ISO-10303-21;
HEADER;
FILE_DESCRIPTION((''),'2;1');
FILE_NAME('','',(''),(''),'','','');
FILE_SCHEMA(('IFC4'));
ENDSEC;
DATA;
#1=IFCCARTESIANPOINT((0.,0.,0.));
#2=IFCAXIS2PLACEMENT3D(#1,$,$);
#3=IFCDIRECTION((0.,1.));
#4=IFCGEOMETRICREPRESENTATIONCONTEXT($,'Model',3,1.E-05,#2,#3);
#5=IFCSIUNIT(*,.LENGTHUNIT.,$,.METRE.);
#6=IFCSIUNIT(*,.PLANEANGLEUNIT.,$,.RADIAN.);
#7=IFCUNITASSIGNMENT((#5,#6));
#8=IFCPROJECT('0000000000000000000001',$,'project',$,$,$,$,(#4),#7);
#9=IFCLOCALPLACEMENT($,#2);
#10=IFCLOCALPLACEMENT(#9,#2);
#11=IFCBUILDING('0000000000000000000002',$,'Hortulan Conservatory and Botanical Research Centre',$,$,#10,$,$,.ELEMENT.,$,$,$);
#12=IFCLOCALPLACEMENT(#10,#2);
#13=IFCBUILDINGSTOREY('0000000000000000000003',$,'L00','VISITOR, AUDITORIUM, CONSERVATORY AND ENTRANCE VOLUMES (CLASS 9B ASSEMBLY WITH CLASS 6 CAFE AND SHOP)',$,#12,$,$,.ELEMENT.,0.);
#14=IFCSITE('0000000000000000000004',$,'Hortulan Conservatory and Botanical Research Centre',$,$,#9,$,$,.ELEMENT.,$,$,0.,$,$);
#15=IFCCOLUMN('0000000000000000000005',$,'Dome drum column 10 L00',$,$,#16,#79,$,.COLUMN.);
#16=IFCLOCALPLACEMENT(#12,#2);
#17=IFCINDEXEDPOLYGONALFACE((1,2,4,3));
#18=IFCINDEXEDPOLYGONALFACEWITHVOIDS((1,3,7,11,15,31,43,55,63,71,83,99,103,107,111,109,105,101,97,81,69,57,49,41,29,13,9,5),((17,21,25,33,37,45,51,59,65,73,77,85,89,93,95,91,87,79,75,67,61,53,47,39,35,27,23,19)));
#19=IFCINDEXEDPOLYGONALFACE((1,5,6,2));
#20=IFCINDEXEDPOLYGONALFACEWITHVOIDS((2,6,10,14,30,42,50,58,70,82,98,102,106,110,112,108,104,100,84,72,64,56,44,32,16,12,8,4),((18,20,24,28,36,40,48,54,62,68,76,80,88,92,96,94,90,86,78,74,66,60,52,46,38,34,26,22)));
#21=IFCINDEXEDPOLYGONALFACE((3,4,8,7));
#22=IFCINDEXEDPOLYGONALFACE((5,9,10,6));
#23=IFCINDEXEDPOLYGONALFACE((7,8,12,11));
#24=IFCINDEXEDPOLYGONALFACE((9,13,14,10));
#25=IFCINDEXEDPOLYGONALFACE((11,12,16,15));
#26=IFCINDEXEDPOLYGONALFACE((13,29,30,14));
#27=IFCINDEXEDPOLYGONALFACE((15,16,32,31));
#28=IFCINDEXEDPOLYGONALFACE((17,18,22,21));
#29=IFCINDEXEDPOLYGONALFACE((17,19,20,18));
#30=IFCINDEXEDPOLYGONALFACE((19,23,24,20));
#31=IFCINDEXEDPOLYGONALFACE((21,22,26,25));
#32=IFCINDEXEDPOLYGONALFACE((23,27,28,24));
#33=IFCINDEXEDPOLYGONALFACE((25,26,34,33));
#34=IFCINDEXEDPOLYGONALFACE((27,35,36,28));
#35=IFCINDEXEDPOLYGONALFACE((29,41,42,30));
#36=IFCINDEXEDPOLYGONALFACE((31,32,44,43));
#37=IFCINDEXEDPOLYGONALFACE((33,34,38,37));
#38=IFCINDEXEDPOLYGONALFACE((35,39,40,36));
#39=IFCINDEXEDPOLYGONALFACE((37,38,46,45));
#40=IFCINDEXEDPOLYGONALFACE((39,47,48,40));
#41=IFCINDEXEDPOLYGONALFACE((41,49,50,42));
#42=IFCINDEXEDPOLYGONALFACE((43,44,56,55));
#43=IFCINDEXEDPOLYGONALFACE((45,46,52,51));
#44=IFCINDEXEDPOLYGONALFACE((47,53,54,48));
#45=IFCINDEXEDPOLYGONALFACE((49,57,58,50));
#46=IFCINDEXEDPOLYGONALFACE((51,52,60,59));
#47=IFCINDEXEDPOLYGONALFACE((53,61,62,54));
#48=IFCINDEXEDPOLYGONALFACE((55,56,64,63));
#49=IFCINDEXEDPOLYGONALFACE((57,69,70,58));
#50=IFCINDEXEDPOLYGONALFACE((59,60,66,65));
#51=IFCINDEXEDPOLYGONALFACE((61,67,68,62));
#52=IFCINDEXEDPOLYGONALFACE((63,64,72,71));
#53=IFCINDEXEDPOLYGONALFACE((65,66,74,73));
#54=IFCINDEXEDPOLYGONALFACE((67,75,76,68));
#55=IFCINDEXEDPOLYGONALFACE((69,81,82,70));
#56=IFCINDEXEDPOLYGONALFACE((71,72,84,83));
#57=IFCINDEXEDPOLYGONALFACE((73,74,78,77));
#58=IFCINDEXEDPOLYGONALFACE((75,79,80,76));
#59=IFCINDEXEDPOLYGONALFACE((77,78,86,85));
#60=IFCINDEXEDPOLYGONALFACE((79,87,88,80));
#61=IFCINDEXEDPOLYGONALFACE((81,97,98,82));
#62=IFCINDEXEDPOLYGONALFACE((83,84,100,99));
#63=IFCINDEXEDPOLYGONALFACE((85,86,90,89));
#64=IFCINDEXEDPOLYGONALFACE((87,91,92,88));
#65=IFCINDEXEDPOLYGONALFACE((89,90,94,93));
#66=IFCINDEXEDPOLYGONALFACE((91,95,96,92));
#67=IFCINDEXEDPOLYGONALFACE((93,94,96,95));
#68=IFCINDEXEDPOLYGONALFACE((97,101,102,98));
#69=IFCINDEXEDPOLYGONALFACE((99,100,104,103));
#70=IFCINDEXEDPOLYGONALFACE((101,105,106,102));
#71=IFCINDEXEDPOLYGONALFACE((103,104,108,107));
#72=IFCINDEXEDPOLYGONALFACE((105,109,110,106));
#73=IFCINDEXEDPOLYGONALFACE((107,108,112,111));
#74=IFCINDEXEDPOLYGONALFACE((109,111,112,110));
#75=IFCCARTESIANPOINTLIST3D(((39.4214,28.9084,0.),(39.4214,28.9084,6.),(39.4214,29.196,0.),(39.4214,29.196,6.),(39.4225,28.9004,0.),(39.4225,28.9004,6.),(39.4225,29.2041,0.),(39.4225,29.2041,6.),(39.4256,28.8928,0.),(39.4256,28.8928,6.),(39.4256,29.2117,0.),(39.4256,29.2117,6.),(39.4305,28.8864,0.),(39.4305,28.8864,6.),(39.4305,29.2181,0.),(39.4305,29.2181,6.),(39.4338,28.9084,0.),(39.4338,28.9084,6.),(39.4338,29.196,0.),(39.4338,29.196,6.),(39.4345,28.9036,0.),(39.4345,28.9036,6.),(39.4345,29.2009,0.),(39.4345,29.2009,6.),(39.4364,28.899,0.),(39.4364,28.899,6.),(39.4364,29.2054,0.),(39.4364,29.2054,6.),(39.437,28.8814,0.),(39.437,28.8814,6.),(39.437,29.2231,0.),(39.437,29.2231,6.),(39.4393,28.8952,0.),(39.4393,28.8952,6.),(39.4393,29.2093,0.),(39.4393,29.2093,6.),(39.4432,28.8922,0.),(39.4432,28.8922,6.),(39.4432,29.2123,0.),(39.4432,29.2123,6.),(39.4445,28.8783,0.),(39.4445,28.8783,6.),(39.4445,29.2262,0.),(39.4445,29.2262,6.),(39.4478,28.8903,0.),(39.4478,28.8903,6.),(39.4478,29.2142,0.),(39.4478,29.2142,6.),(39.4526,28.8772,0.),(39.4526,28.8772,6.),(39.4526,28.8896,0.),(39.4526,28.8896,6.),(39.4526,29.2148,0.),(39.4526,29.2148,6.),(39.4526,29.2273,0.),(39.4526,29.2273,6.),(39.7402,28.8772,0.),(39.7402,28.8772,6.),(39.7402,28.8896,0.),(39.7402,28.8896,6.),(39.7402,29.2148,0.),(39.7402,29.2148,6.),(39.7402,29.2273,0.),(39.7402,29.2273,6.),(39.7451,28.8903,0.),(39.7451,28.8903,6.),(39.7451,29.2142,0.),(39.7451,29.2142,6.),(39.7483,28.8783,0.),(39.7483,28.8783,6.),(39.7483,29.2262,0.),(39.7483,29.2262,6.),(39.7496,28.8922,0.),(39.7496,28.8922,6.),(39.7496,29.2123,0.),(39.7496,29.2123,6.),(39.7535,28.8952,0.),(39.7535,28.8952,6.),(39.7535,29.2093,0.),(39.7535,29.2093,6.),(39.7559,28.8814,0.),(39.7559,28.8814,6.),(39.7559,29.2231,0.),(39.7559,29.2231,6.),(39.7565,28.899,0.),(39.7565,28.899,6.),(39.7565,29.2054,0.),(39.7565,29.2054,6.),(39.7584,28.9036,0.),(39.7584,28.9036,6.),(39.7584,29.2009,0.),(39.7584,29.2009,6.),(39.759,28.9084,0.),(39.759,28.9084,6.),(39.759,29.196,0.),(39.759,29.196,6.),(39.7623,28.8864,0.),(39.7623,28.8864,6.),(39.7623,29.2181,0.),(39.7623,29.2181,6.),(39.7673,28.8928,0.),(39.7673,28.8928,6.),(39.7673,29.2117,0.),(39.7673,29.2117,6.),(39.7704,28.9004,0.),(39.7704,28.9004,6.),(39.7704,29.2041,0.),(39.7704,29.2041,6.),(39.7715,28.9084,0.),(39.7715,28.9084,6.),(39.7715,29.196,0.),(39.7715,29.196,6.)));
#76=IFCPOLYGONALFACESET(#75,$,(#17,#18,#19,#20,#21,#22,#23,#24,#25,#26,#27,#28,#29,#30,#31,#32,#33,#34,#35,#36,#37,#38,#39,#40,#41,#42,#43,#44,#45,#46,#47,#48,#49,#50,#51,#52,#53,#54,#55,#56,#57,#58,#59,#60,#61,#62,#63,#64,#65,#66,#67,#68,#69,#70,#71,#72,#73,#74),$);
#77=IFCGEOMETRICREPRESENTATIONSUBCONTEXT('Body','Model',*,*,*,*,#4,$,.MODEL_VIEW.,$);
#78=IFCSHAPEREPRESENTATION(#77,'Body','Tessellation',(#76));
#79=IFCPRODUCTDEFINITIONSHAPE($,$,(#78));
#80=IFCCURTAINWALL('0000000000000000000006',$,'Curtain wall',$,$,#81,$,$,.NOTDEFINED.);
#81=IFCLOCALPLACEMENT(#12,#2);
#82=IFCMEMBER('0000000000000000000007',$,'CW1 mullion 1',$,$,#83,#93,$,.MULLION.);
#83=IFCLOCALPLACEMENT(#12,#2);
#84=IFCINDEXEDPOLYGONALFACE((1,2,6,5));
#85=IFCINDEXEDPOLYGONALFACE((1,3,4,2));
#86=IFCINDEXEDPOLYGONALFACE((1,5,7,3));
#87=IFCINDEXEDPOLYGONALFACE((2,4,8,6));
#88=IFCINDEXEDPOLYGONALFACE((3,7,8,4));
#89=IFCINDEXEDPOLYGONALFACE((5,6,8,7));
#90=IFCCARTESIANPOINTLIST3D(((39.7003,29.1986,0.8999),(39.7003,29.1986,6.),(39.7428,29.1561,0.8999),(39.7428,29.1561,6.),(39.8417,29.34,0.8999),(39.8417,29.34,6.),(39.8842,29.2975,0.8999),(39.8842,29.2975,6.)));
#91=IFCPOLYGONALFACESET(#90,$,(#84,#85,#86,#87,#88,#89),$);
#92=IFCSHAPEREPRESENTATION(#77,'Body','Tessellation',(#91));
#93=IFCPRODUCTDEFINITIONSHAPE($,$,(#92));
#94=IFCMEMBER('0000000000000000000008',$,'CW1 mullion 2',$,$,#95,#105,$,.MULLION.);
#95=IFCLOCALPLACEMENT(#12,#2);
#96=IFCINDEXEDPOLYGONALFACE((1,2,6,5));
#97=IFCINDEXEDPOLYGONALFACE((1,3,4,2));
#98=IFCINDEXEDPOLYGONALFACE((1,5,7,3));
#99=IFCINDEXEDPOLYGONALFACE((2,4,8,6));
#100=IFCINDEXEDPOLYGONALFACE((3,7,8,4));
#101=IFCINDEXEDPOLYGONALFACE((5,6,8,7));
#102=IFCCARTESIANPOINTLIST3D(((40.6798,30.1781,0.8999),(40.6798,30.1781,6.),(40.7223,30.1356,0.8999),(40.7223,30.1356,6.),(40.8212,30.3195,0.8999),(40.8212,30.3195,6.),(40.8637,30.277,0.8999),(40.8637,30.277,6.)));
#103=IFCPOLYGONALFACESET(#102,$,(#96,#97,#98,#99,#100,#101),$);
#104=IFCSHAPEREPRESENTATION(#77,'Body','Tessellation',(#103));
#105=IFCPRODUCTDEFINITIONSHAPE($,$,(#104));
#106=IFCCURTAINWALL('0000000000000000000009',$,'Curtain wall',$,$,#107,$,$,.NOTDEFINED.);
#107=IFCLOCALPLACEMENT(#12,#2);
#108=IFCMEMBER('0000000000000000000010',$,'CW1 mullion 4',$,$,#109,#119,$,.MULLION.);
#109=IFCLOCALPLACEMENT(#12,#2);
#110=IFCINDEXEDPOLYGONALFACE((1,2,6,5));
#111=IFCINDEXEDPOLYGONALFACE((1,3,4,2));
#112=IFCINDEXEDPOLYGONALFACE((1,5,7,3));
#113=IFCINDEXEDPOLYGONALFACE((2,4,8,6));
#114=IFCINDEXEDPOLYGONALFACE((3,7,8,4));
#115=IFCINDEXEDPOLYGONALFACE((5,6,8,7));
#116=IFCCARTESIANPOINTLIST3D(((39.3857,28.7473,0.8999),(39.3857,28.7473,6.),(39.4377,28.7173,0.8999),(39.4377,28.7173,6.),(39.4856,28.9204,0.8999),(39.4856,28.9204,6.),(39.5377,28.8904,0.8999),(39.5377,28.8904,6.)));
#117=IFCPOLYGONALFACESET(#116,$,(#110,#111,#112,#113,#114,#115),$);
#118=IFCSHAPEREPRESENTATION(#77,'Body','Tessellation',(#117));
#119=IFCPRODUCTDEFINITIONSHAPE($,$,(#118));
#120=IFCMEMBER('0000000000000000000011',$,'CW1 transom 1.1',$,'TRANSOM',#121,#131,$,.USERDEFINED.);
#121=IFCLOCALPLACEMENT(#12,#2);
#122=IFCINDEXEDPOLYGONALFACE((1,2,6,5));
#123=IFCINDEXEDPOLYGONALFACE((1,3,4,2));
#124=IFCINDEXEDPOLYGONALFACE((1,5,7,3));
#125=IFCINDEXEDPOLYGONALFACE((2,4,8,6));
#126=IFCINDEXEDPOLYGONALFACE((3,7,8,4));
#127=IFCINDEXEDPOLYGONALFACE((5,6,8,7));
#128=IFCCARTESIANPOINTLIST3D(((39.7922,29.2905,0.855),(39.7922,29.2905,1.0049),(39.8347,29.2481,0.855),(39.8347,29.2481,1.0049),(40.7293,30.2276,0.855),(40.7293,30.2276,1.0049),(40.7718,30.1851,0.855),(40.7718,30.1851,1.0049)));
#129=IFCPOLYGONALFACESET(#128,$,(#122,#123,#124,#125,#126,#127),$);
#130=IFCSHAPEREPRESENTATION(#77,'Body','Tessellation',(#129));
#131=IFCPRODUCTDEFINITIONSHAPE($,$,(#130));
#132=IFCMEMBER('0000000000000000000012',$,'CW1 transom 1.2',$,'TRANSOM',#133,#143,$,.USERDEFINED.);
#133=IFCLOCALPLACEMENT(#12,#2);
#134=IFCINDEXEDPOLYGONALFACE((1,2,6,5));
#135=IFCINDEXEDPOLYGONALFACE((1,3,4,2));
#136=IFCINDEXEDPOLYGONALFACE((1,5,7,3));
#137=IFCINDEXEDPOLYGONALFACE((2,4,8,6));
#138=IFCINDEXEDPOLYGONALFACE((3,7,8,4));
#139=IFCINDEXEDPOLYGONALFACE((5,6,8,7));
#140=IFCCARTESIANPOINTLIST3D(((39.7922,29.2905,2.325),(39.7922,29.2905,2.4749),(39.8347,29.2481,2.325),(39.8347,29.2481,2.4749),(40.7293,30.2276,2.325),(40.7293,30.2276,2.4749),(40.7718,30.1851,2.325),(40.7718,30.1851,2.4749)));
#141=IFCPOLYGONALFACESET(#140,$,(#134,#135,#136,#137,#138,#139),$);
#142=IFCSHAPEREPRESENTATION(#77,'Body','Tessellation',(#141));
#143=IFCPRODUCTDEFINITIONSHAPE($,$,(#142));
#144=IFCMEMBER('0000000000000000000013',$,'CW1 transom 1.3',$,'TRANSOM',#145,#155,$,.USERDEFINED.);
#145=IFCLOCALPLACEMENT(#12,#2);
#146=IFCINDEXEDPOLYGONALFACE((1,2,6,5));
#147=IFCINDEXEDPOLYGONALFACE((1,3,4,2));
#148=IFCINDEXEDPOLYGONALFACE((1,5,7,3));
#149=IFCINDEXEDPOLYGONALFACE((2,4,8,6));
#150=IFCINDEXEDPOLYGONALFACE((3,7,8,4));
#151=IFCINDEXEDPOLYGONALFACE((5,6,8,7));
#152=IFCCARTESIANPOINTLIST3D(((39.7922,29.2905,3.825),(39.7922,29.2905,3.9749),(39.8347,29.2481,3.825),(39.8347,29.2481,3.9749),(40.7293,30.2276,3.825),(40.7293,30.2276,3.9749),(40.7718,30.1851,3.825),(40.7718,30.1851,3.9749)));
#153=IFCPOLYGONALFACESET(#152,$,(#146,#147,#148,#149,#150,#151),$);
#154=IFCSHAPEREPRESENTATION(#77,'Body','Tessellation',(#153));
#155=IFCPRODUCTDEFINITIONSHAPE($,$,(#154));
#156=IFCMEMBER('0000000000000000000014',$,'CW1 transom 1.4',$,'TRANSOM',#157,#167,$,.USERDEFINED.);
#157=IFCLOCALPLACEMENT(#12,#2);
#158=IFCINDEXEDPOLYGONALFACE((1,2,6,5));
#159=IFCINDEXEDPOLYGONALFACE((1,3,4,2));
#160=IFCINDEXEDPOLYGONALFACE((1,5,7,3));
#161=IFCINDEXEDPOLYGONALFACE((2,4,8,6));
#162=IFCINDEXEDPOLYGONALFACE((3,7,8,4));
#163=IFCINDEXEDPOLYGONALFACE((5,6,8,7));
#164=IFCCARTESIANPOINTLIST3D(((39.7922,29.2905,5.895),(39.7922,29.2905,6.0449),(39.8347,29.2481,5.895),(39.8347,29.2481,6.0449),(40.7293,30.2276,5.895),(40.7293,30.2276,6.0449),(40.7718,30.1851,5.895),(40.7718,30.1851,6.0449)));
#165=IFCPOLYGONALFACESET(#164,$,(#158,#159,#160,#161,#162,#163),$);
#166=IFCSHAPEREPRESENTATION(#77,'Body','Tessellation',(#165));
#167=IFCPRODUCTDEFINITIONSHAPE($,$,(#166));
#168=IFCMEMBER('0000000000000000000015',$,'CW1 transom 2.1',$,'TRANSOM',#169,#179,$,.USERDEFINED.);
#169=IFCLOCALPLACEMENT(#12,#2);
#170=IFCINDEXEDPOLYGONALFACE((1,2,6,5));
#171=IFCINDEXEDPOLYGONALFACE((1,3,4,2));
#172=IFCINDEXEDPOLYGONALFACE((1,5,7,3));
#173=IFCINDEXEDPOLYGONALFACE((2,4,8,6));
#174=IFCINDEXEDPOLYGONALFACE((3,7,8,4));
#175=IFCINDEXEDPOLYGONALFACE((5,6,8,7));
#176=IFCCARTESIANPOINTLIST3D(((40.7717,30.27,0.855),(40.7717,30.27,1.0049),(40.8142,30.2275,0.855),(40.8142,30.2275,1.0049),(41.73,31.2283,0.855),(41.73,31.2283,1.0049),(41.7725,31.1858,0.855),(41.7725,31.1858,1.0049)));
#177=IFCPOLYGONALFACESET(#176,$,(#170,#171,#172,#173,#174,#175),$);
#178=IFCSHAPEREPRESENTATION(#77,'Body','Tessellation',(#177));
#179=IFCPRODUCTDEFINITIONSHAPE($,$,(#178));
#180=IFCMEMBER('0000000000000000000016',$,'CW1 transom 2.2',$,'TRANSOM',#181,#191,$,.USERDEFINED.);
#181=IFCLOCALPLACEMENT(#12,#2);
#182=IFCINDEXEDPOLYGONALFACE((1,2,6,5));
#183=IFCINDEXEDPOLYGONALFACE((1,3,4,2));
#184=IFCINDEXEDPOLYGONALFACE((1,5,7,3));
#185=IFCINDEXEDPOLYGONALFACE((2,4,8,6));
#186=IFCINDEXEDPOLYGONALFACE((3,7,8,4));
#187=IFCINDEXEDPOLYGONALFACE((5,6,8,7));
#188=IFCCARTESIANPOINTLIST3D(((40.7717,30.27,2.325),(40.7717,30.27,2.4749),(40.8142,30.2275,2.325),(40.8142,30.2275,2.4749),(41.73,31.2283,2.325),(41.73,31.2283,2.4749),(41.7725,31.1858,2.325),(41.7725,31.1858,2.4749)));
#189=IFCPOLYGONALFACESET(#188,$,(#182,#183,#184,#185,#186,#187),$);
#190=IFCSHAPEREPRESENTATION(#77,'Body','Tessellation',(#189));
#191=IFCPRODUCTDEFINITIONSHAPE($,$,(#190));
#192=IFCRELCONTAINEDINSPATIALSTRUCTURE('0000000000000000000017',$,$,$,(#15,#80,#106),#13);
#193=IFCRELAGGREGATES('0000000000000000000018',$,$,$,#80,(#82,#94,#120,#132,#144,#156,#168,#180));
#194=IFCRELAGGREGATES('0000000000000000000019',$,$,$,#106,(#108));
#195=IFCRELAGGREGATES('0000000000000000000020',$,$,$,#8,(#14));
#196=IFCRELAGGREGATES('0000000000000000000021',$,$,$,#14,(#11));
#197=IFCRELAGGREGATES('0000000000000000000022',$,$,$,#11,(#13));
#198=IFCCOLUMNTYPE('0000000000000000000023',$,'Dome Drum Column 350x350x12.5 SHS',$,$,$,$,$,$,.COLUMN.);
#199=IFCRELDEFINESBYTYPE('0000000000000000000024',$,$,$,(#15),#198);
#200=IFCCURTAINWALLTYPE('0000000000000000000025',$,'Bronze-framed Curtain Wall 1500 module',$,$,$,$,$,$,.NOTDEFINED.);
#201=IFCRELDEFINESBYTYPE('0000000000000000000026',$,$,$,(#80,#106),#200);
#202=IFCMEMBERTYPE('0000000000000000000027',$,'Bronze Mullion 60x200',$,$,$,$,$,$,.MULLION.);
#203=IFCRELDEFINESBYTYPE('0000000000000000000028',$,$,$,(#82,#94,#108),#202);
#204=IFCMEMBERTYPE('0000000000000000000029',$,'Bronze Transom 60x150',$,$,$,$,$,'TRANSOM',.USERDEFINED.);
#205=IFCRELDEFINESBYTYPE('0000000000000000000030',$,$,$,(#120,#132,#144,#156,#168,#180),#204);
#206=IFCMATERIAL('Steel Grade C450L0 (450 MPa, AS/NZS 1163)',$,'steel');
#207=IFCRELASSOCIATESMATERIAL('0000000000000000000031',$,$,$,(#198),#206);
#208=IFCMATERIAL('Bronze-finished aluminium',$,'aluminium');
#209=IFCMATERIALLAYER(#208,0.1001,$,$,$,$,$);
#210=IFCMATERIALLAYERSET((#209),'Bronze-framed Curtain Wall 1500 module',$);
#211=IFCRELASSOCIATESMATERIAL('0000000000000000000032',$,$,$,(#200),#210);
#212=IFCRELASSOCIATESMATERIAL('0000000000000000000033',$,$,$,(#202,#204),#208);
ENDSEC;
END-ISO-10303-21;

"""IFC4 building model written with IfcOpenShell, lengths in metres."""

from ifc_helpers import new_model, si_unit, direction, frame, origin, origin_2d, place, context, subcontext, project, spatial, rectangle, hollow_rectangle, extrude, material, layer, layer_set, material_profile, profile_set, type_object, element, aggregate, save


model = new_model("IFC4")

# Units and contexts
model_context = context("Model", 3, precision=1e-05, world=origin(), true_north=direction((0.0, 1.0)))
body_context = subcontext(model_context, "Body", "Model", "MODEL_VIEW")
ifc_project = project(units=[si_unit("LENGTHUNIT", "METRE"), si_unit("PLANEANGLEUNIT", "RADIAN")], contexts=[model_context])

# Site, building, storey
site_placement = place(None, origin())
site = spatial("IfcSite", under=ifc_project, at=site_placement, Name="Hortulan Conservatory and Botanical Research Centre", CompositionType="ELEMENT", RefElevation=0.0)
building_placement = place(site_placement, origin())
building = spatial("IfcBuilding", under=site, at=building_placement, Name="Hortulan Conservatory and Botanical Research Centre", CompositionType="ELEMENT")
storey_placement = place(building_placement, origin())
storey = spatial("IfcBuildingStorey", under=building, at=storey_placement, Name="L00", Description="VISITOR, AUDITORIUM, CONSERVATORY AND ENTRANCE VOLUMES (CLASS 9B ASSEMBLY WITH CLASS 6 CAFE AND SHOP)", CompositionType="ELEMENT", Elevation=0.0)

# Column
ifc_material_1 = material(Name="Steel Grade C450L0 (450 MPa, AS/NZS 1163)", Category="steel")
ifc_material_profile_1 = material_profile(ifc_material_1, hollow_rectangle(XDim=0.3501, YDim=0.3501, WallThickness=0.0125, InnerFilletRadius=0.0188, OuterFilletRadius=0.0312, at=origin_2d()), Name="350x350x12.5SHS")
ifc_profile_set_1 = profile_set([ifc_material_profile_1], Name="Steel Grade C450L0 (450 MPa, AS/NZS 1163)")
column_type = type_object("IfcColumnType", Name="Dome Drum Column 350x350x12.5 SHS", PredefinedType="COLUMN", material=ifc_profile_set_1)
column_placement = place(storey_placement, frame((39.5964, 29.0522, 0.0), z_axis=(0.0, 0.0, 1.0), x_axis=(1.0, 0.0, 0.0)))
element("IfcColumn", 1, at=column_placement, inside=storey, type_object=column_type, Name="Dome drum column 10 L00", PredefinedType="COLUMN", context=body_context, shape_type="SweptSolid", body=[
    extrude(hollow_rectangle(XDim=0.3501, YDim=0.3501, WallThickness=0.0125, InnerFilletRadius=0.0188, OuterFilletRadius=0.0312, at=origin_2d()), origin(), (0.0, 0.0, 1.0), 6.0),
])

# Curtain wall, members
ifc_material_2 = material(Name="Bronze-finished aluminium", Category="aluminium")
ifc_layer_1 = layer(ifc_material_2, 0.1001)
ifc_layer_set_1 = layer_set([ifc_layer_1], Name="Bronze-framed Curtain Wall 1500 module")
curtain_wall_type = type_object("IfcCurtainWallType", Name="Bronze-framed Curtain Wall 1500 module", PredefinedType="NOTDEFINED", material=ifc_layer_set_1)
curtain_wall_1_placement = place(storey_placement, origin())
curtain_wall_1 = element("IfcCurtainWall", 2, at=curtain_wall_1_placement, inside=storey, type_object=curtain_wall_type, Name="Curtain wall", PredefinedType="NOTDEFINED")
ifc_material_profile_2 = material_profile(ifc_material_2, rectangle(XDim=0.0601, YDim=0.2, at=origin_2d()), Name="Bronze Mullion 60x200")
ifc_profile_set_2 = profile_set([ifc_material_profile_2], Name="Bronze-finished aluminium")
member_type_1 = type_object("IfcMemberType", Name="Bronze Mullion 60x200", PredefinedType="MULLION", material=ifc_profile_set_2)
member_1_placement = place(storey_placement, frame((39.7922, 29.248, 0.8999), z_axis=(0.0, 0.0, 1.0), x_axis=(-0.707119, 0.707095, 0.0)))
member_1 = element("IfcMember", 3, at=member_1_placement, type_object=member_type_1, Name="CW1 mullion 1", PredefinedType="MULLION", context=body_context, shape_type="SweptSolid", body=[
    extrude(rectangle(XDim=0.0601, YDim=0.2, at=origin_2d()), origin(), (0.0, 0.0, 1.0), 5.1001),
])
member_2_placement = place(storey_placement, frame((40.7717, 30.2275, 0.8999), z_axis=(0.0, 0.0, 1.0), x_axis=(-0.707119, 0.707095, 0.0)))
member_2 = element("IfcMember", 4, at=member_2_placement, type_object=member_type_1, Name="CW1 mullion 2", PredefinedType="MULLION", context=body_context, shape_type="SweptSolid", body=[
    extrude(rectangle(XDim=0.0601, YDim=0.2, at=origin_2d()), origin(), (0.0, 0.0, 1.0), 5.1001),
])

# Curtain wall, member
curtain_wall_2_placement = place(storey_placement, origin())
curtain_wall_2 = element("IfcCurtainWall", 5, at=curtain_wall_2_placement, inside=storey, type_object=curtain_wall_type, Name="Curtain wall", PredefinedType="NOTDEFINED")
member_3_placement = place(storey_placement, frame((39.4617, 28.8188, 0.8999), z_axis=(0.0, 0.0, 1.0), x_axis=(-0.866036, 0.499981, 0.0)))
member_3 = element("IfcMember", 6, at=member_3_placement, type_object=member_type_1, Name="CW1 mullion 4", PredefinedType="MULLION", context=body_context, shape_type="SweptSolid", body=[
    extrude(rectangle(XDim=0.0601, YDim=0.2, at=origin_2d()), origin(), (0.0, 0.0, 1.0), 5.1001),
])

# Members
ifc_material_profile_3 = material_profile(ifc_material_2, rectangle(XDim=0.0601, YDim=0.1499, at=origin_2d()), Name="Bronze Transom 60x150")
ifc_profile_set_3 = profile_set([ifc_material_profile_3], Name="Bronze-finished aluminium")
member_type_2 = type_object("IfcMemberType", Name="Bronze Transom 60x150", ElementType="TRANSOM", PredefinedType="USERDEFINED", material=ifc_profile_set_3)
member_4_placement = place(storey_placement, frame((39.8135, 29.2693, 0.9299), z_axis=(0.707107, 0.707107, 0.0), x_axis=(-0.707107, 0.707107, 0.0)))
member_4 = element("IfcMember", 7, at=member_4_placement, type_object=member_type_2, Name="CW1 transom 1.1", ObjectType="TRANSOM", PredefinedType="USERDEFINED", context=body_context, shape_type="SweptSolid", body=[
    extrude(rectangle(XDim=0.0601, YDim=0.1499, at=origin_2d()), origin(), (0.0, 0.0, 1.0), 1.3252),
])
member_5_placement = place(storey_placement, frame((39.8135, 29.2693, 2.3999), z_axis=(0.707107, 0.707107, 0.0), x_axis=(-0.707107, 0.707107, 0.0)))
member_5 = element("IfcMember", 8, at=member_5_placement, type_object=member_type_2, Name="CW1 transom 1.2", ObjectType="TRANSOM", PredefinedType="USERDEFINED", context=body_context, shape_type="SweptSolid", body=[
    extrude(rectangle(XDim=0.0601, YDim=0.1499, at=origin_2d()), origin(), (0.0, 0.0, 1.0), 1.3252),
])
member_6_placement = place(storey_placement, frame((39.8135, 29.2693, 3.8999), z_axis=(0.707107, 0.707107, 0.0), x_axis=(-0.707107, 0.707107, 0.0)))
member_6 = element("IfcMember", 9, at=member_6_placement, type_object=member_type_2, Name="CW1 transom 1.3", ObjectType="TRANSOM", PredefinedType="USERDEFINED", context=body_context, shape_type="SweptSolid", body=[
    extrude(rectangle(XDim=0.0601, YDim=0.1499, at=origin_2d()), origin(), (0.0, 0.0, 1.0), 1.3252),
])
member_7_placement = place(storey_placement, frame((39.8135, 29.2693, 5.97), z_axis=(0.707107, 0.707107, 0.0), x_axis=(-0.707107, 0.707107, 0.0)))
member_7 = element("IfcMember", 10, at=member_7_placement, type_object=member_type_2, Name="CW1 transom 1.4", ObjectType="TRANSOM", PredefinedType="USERDEFINED", context=body_context, shape_type="SweptSolid", body=[
    extrude(rectangle(XDim=0.0601, YDim=0.1499, at=origin_2d()), origin(), (0.0, 0.0, 1.0), 1.3252),
])
member_8_placement = place(storey_placement, frame((40.793, 30.2488, 0.9299), z_axis=(0.707107, 0.707107, 0.0), x_axis=(-0.707107, 0.707107, 0.0)))
member_8 = element("IfcMember", 11, at=member_8_placement, type_object=member_type_2, Name="CW1 transom 2.1", ObjectType="TRANSOM", PredefinedType="USERDEFINED", context=body_context, shape_type="SweptSolid", body=[
    extrude(rectangle(XDim=0.0601, YDim=0.1499, at=origin_2d()), origin(), (0.0, 0.0, 1.0), 1.3552),
])
member_9_placement = place(storey_placement, frame((40.793, 30.2488, 2.3999), z_axis=(0.707107, 0.707107, 0.0), x_axis=(-0.707107, 0.707107, 0.0)))
member_9 = element("IfcMember", 12, at=member_9_placement, type_object=member_type_2, Name="CW1 transom 2.2", ObjectType="TRANSOM", PredefinedType="USERDEFINED", context=body_context, shape_type="SweptSolid", body=[
    extrude(rectangle(XDim=0.0601, YDim=0.1499, at=origin_2d()), origin(), (0.0, 0.0, 1.0), 1.3552),
])

aggregate(curtain_wall_1, [member_1, member_2, member_4, member_5, member_6, member_7, member_8, member_9])
aggregate(curtain_wall_2, [member_3])

save(model, "model.ifc")
